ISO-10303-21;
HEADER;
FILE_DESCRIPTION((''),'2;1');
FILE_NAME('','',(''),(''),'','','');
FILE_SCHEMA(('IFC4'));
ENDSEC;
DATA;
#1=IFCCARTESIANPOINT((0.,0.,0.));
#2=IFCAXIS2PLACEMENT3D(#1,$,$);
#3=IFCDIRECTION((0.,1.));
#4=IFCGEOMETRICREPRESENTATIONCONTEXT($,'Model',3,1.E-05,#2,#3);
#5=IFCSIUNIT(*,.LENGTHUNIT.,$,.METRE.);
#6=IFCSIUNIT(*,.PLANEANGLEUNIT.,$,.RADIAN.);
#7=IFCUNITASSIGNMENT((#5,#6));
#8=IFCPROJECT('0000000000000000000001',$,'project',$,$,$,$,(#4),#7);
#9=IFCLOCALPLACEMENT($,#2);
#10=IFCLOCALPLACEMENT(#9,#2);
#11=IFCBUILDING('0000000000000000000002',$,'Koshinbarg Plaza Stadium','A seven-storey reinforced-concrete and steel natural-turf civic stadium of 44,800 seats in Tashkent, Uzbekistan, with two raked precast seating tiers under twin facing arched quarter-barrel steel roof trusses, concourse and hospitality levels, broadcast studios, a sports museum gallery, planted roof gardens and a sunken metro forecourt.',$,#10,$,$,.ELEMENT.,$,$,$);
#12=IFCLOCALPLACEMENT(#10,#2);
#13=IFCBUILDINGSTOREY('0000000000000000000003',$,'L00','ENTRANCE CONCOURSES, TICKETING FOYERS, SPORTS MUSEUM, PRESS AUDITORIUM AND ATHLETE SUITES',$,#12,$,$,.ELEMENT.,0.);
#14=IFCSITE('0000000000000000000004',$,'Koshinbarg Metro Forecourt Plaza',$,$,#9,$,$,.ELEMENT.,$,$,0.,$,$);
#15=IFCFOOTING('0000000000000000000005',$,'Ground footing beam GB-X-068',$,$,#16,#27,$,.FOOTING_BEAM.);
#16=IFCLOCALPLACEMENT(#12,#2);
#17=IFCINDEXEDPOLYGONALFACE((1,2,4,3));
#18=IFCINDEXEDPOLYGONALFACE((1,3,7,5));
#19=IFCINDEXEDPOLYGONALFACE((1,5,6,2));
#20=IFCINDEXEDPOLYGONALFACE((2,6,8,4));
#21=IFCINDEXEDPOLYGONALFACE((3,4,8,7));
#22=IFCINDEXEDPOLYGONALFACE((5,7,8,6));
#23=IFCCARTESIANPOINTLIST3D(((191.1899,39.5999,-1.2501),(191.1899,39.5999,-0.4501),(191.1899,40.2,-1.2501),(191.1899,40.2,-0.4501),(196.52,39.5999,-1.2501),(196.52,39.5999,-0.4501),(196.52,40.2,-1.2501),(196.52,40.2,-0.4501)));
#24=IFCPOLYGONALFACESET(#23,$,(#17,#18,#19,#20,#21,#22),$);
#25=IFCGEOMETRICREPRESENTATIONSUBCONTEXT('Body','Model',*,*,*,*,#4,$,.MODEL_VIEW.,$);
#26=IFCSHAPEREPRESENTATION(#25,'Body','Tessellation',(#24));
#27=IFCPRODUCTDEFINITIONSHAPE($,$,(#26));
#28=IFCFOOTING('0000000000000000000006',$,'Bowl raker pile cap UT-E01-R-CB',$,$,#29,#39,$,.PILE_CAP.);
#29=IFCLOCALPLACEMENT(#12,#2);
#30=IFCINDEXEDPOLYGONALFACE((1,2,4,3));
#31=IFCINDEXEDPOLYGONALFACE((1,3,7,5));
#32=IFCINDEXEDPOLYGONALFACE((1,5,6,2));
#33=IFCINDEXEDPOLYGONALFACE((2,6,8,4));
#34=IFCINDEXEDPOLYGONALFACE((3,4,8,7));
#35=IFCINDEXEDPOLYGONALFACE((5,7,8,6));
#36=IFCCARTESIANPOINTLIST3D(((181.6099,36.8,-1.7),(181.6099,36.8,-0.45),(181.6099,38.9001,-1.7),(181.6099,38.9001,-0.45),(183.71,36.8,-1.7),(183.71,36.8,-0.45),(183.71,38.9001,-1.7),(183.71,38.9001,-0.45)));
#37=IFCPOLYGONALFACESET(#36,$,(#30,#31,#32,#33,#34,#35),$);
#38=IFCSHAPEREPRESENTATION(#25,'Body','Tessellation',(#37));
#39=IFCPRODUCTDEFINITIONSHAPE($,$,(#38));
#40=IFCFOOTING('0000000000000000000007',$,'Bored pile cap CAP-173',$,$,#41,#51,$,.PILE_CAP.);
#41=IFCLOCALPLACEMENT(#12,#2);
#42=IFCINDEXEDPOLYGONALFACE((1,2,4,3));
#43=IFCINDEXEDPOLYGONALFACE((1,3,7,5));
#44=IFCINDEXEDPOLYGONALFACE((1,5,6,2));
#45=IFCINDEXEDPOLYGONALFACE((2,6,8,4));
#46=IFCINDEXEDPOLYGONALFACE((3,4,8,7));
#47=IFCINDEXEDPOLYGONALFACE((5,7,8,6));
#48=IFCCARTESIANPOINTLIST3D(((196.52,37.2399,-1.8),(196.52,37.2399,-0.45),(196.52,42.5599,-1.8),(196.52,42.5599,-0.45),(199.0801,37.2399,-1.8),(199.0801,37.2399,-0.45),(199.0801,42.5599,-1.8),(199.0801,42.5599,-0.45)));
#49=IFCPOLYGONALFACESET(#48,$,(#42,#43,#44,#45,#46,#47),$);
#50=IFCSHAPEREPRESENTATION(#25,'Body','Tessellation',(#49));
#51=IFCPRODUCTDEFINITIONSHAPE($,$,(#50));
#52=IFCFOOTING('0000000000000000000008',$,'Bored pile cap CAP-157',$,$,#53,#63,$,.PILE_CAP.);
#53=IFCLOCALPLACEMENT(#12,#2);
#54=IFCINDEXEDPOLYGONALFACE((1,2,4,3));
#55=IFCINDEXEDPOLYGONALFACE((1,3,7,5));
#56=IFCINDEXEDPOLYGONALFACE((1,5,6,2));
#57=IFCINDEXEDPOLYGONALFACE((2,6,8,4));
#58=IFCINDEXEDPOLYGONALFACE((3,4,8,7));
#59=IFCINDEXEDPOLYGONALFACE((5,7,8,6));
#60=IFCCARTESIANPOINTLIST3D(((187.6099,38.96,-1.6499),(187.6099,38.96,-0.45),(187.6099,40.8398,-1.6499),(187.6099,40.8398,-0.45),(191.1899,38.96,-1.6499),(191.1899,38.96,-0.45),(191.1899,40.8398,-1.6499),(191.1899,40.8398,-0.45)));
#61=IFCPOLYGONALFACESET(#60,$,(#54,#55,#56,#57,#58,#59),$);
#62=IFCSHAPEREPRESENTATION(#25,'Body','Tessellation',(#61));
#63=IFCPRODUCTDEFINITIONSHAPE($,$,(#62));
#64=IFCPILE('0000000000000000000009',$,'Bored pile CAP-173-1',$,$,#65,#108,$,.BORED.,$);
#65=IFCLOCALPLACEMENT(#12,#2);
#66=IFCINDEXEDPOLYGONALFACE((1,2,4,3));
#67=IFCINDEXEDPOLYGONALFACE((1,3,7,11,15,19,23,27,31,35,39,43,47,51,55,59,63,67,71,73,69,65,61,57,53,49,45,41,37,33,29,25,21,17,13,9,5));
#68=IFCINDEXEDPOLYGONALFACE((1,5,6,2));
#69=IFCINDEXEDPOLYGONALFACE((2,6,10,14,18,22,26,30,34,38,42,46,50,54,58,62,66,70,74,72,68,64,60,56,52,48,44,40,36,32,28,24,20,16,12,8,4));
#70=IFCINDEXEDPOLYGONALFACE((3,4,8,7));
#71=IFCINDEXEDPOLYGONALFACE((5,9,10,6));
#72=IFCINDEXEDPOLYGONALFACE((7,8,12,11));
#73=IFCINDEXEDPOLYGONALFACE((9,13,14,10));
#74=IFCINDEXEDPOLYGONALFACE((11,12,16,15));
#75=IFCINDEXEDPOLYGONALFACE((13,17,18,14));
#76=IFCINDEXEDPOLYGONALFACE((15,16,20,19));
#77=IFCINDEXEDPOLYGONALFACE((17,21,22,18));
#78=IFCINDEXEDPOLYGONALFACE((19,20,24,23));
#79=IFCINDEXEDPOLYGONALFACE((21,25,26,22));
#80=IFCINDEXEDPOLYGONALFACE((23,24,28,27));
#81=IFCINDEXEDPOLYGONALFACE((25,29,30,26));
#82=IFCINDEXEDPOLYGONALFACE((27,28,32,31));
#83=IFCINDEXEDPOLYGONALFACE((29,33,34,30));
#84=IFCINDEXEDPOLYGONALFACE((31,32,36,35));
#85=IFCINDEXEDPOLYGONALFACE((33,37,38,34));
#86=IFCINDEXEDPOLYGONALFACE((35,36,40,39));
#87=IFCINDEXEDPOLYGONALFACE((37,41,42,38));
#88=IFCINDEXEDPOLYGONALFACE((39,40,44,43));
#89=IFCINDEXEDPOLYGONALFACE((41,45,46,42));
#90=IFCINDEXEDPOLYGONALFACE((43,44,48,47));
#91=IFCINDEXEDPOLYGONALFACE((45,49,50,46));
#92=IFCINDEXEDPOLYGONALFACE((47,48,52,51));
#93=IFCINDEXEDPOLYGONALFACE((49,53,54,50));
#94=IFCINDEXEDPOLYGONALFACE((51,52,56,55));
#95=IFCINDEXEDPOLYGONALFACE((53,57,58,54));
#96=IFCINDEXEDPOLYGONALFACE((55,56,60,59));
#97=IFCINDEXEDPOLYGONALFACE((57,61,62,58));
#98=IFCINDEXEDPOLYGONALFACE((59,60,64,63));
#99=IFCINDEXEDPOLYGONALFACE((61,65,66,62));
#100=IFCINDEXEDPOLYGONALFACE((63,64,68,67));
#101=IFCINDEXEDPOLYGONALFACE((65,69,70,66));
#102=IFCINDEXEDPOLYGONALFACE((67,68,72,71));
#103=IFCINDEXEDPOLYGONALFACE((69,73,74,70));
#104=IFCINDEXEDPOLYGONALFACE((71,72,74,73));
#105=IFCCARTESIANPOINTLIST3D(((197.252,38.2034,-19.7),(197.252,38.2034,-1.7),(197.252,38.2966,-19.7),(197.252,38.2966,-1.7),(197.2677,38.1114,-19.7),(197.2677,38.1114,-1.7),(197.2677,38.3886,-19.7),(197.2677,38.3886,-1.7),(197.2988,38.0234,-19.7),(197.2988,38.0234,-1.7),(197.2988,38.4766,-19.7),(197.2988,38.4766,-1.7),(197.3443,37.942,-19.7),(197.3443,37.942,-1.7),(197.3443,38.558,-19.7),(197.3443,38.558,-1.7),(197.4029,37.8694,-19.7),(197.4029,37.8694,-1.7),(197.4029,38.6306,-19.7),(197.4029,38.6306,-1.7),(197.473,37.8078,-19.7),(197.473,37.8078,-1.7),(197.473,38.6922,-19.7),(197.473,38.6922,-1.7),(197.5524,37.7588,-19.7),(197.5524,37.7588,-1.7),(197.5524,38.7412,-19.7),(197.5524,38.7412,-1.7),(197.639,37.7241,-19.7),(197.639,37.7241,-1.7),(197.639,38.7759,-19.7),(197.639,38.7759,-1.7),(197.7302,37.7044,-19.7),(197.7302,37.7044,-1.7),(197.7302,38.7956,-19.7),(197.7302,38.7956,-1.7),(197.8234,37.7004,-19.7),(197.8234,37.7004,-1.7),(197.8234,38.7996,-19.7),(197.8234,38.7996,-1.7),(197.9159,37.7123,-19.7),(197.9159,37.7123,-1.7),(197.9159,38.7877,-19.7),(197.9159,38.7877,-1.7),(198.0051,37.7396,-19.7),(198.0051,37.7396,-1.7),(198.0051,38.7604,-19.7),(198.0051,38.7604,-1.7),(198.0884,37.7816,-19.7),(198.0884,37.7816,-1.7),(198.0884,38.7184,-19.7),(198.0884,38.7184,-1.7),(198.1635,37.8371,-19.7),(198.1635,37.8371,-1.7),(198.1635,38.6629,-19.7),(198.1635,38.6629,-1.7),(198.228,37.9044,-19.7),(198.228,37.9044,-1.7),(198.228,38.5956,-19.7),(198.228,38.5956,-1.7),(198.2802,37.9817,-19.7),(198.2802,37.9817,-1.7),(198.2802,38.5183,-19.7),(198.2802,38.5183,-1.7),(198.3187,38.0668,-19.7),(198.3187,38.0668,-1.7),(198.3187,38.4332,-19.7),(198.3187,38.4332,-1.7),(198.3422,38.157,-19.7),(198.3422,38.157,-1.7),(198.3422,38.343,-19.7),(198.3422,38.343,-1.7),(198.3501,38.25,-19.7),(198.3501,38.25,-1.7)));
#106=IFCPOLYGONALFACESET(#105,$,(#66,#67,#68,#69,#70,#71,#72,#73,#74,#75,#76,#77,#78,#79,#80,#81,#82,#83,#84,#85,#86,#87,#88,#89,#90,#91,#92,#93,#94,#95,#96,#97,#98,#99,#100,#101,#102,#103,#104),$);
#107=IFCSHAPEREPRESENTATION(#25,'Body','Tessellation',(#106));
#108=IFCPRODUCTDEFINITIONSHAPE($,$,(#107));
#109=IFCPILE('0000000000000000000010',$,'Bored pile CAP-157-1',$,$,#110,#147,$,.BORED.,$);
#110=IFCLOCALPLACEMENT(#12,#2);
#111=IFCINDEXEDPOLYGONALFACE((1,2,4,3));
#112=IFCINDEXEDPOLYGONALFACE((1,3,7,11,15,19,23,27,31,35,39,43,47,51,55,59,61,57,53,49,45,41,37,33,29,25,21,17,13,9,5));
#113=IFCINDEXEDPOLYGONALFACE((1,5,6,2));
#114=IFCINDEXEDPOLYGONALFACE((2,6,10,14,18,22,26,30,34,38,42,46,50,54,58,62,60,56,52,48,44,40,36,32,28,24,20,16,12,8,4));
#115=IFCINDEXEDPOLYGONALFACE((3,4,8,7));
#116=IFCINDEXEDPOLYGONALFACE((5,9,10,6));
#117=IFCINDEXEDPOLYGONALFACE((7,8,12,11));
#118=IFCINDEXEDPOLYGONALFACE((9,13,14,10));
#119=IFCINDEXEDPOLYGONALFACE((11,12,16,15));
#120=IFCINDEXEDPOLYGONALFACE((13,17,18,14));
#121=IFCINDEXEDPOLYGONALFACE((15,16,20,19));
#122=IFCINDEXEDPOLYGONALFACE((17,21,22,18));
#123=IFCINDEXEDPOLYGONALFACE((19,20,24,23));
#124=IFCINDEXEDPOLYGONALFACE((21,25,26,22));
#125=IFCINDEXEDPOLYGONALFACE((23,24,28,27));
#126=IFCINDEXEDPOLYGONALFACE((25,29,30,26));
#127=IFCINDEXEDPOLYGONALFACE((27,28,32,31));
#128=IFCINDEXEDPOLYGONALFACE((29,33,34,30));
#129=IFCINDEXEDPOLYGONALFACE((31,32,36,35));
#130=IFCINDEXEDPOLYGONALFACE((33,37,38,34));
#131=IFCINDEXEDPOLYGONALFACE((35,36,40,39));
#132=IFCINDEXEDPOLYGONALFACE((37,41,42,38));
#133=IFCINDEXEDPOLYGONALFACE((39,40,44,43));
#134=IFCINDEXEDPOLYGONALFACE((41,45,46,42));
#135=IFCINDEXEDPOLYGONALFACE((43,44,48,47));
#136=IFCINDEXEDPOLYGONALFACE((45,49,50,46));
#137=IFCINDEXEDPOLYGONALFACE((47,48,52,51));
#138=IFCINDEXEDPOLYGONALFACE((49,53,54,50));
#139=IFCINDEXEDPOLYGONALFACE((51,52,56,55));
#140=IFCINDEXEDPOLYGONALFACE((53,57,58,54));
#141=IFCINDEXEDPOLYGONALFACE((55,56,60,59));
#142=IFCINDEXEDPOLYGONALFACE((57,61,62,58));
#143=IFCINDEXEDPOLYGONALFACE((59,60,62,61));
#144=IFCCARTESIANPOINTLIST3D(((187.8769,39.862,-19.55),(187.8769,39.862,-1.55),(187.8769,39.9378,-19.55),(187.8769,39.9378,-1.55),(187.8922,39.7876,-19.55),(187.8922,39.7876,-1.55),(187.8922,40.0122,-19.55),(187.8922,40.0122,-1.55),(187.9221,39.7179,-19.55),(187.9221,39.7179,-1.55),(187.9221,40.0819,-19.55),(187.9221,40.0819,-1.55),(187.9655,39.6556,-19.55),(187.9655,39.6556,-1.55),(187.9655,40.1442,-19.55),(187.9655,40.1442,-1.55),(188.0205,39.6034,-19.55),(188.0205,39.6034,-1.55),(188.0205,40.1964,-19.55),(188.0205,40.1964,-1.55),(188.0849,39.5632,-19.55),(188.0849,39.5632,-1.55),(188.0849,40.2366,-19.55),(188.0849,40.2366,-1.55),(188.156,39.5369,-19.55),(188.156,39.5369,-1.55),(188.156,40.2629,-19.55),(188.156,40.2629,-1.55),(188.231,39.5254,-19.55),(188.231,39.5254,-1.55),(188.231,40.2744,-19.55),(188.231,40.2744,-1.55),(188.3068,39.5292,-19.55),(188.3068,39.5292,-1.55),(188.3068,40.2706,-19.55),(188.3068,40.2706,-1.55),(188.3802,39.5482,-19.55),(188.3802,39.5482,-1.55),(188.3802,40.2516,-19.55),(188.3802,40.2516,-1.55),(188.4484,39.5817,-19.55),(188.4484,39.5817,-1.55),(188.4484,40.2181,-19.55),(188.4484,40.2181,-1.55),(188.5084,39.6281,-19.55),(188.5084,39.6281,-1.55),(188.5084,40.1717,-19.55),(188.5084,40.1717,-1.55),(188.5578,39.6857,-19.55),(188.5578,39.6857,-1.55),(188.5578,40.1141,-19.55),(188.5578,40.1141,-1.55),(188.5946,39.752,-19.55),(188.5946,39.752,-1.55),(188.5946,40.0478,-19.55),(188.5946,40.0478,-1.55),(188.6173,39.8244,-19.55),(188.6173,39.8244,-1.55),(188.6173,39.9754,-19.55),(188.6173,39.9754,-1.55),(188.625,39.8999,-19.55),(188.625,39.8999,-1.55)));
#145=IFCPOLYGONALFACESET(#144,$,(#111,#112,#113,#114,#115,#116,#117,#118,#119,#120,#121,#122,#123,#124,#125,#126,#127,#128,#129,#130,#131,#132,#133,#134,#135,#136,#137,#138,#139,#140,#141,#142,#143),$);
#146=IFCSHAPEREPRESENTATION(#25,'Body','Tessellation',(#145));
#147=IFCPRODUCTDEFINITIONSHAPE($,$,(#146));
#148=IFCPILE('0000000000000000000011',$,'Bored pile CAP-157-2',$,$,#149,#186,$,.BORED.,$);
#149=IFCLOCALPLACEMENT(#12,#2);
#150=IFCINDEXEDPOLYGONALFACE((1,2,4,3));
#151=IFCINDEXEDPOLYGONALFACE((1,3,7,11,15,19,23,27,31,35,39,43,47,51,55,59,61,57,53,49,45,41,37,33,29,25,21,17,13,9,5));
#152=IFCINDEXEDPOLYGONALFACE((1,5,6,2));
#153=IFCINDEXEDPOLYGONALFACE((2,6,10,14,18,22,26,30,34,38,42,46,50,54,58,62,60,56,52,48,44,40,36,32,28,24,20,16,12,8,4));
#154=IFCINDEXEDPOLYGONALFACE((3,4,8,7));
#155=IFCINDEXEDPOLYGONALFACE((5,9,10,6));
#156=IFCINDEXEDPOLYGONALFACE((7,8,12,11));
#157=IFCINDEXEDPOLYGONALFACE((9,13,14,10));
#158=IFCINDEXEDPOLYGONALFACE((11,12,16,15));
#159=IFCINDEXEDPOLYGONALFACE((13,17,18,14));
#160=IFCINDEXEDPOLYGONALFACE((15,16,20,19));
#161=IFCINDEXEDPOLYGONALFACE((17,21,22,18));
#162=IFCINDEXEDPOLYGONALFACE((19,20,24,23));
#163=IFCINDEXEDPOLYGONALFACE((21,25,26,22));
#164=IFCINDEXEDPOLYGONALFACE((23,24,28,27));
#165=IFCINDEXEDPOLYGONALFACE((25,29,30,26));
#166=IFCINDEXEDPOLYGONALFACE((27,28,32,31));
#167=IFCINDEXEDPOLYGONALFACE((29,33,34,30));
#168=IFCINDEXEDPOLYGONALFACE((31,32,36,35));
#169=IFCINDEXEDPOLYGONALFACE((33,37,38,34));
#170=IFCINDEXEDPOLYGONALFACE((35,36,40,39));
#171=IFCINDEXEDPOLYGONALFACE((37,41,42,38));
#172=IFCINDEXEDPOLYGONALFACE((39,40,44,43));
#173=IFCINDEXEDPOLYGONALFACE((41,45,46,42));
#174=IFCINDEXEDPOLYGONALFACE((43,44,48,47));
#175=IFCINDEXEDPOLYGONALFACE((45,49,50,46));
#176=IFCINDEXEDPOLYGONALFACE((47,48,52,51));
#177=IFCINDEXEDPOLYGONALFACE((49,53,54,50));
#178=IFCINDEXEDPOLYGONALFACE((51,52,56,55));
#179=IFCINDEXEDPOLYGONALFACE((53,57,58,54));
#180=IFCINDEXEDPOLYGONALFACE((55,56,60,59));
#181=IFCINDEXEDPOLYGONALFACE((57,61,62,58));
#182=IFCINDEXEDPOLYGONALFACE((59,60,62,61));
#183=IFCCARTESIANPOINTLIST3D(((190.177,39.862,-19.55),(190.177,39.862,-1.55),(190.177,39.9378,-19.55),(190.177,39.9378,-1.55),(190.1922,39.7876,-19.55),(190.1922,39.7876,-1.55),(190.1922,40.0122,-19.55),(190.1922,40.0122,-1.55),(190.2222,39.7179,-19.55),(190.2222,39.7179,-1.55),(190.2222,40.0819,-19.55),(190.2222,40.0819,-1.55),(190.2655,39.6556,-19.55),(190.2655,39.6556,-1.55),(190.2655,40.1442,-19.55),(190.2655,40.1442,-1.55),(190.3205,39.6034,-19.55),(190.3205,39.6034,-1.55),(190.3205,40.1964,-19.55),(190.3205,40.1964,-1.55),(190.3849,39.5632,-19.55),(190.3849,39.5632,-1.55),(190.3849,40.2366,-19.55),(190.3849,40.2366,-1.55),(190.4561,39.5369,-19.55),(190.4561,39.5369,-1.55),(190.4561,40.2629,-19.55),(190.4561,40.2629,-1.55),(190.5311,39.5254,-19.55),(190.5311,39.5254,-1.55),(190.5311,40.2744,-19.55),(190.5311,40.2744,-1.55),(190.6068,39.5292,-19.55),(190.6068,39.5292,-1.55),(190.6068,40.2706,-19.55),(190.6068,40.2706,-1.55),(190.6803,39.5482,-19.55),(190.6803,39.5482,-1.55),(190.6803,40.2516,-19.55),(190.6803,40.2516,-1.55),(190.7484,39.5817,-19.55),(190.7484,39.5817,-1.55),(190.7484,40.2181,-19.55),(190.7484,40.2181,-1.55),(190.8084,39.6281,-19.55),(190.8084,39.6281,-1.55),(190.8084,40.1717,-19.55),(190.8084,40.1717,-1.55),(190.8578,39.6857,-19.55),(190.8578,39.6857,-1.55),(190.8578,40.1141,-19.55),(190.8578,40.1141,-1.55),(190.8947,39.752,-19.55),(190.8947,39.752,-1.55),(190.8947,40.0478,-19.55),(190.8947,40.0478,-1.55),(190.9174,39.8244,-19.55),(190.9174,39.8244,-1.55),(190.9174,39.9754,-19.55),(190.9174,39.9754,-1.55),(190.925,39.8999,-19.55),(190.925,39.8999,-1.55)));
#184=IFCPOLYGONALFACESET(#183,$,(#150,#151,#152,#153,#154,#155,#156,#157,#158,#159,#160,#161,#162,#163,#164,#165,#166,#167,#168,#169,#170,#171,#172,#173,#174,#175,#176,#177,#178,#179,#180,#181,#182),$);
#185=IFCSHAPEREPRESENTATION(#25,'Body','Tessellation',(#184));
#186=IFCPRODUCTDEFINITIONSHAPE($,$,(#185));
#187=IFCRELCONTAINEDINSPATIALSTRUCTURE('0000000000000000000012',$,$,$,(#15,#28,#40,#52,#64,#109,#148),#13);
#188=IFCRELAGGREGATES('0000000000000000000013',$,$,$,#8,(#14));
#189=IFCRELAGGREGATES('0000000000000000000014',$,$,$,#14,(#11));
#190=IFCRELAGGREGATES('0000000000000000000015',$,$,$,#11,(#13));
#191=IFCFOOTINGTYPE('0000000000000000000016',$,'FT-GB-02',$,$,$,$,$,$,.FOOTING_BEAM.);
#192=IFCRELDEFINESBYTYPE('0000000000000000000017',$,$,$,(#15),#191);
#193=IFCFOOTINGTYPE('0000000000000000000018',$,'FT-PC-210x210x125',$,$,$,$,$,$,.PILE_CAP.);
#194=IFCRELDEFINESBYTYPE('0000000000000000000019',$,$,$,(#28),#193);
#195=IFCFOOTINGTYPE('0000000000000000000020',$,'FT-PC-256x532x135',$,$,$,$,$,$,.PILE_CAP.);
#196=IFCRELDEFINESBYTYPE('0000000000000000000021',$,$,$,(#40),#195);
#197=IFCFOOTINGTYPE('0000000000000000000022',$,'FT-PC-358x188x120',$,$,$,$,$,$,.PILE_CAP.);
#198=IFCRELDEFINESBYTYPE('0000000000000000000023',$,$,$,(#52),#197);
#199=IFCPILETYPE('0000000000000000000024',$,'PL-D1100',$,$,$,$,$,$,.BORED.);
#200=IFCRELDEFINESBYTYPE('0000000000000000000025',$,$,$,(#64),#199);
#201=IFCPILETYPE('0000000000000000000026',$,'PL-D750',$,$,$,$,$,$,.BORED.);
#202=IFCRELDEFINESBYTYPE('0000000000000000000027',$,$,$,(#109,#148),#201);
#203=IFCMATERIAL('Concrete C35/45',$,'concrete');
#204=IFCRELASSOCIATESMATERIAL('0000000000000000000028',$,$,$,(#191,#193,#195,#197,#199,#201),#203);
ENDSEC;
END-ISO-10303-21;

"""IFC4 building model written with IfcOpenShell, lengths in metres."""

from ifc_helpers import new_model, si_unit, direction, frame, origin, origin_2d, place, context, subcontext, project, spatial, rectangle, circle, extrude, material, material_profile, profile_set, type_object, element, save


model = new_model("IFC4")

# Units and contexts
model_context = context("Model", 3, precision=1e-05, world=origin(), true_north=direction((0.0, 1.0)))
body_context = subcontext(model_context, "Body", "Model", "MODEL_VIEW")
ifc_project = project(units=[si_unit("LENGTHUNIT", "METRE"), si_unit("PLANEANGLEUNIT", "RADIAN")], contexts=[model_context])

# Site, building, storey
site_placement = place(None, origin())
site = spatial("IfcSite", under=ifc_project, at=site_placement, Name="Koshinbarg Metro Forecourt Plaza", CompositionType="ELEMENT", RefElevation=0.0)
building_placement = place(site_placement, origin())
building = spatial("IfcBuilding", under=site, at=building_placement, Name="Koshinbarg Plaza Stadium", Description="A seven-storey reinforced-concrete and steel natural-turf civic stadium of 44,800 seats in Tashkent, Uzbekistan, with two raked precast seating tiers under twin facing arched quarter-barrel steel roof trusses, concourse and hospitality levels, broadcast studios, a sports museum gallery, planted roof gardens and a sunken metro forecourt.", CompositionType="ELEMENT")
storey_placement = place(building_placement, origin())
storey = spatial("IfcBuildingStorey", under=building, at=storey_placement, Name="L00", Description="ENTRANCE CONCOURSES, TICKETING FOYERS, SPORTS MUSEUM, PRESS AUDITORIUM AND ATHLETE SUITES", CompositionType="ELEMENT", Elevation=0.0)

# Footings
ifc_material_1 = material(Name="Concrete C35/45", Category="concrete")
ifc_material_profile_1 = material_profile(ifc_material_1, rectangle(XDim=0.6001, YDim=0.8, at=origin_2d()), Name="GB 600x800")
ifc_profile_set_1 = profile_set([ifc_material_profile_1], Name="Concrete C35/45")
footing_type_1 = type_object("IfcFootingType", Name="FT-GB-02", PredefinedType="FOOTING_BEAM", material=ifc_profile_set_1)
footing_1_placement = place(storey_placement, frame((191.1899, 39.8999, -0.8501), z_axis=(1.0, 0.0, 0.0), x_axis=(0.0, 1.0, 0.0)))
element("IfcFooting", 1, at=footing_1_placement, inside=storey, type_object=footing_type_1, Name="Ground footing beam GB-X-068", PredefinedType="FOOTING_BEAM", context=body_context, shape_type="SweptSolid", body=[
    extrude(rectangle(XDim=0.6001, YDim=0.8, at=origin_2d()), origin(), (0.0, 0.0, 1.0), 5.3301),
])
footing_type_2 = type_object("IfcFootingType", Name="FT-PC-210x210x125", PredefinedType="PILE_CAP", material=ifc_material_1)
footing_2_placement = place(storey_placement, frame((182.6599, 37.8501, -1.7), z_axis=(0.0, 0.0, 1.0), x_axis=(1.0, 0.0, 0.0)))
element("IfcFooting", 2, at=footing_2_placement, inside=storey, type_object=footing_type_2, Name="Bowl raker pile cap UT-E01-R-CB", PredefinedType="PILE_CAP", context=body_context, shape_type="SweptSolid", body=[
    extrude(rectangle(XDim=2.1001, YDim=2.1001, at=origin_2d()), origin(), (0.0, 0.0, 1.0), 1.25),
])
footing_type_3 = type_object("IfcFootingType", Name="FT-PC-256x532x135", PredefinedType="PILE_CAP", material=ifc_material_1)
footing_3_placement = place(storey_placement, frame((197.8, 39.8999, -1.8), z_axis=(0.0, 0.0, 1.0), x_axis=(1.0, 0.0, 0.0)))
element("IfcFooting", 3, at=footing_3_placement, inside=storey, type_object=footing_type_3, Name="Bored pile cap CAP-173", PredefinedType="PILE_CAP", context=body_context, shape_type="SweptSolid", body=[
    extrude(rectangle(XDim=2.5601, YDim=5.3201, at=origin_2d()), origin(), (0.0, 0.0, 1.0), 1.3501),
])
footing_type_4 = type_object("IfcFootingType", Name="FT-PC-358x188x120", PredefinedType="PILE_CAP", material=ifc_material_1)
footing_4_placement = place(storey_placement, frame((189.3999, 39.8999, -1.6499), z_axis=(0.0, 0.0, 1.0), x_axis=(1.0, 0.0, 0.0)))
element("IfcFooting", 4, at=footing_4_placement, inside=storey, type_object=footing_type_4, Name="Bored pile cap CAP-157", PredefinedType="PILE_CAP", context=body_context, shape_type="SweptSolid", body=[
    extrude(rectangle(XDim=3.5801, YDim=1.8799, at=origin_2d()), origin(), (0.0, 0.0, 1.0), 1.2),
])

# Piles
ifc_material_profile_2 = material_profile(ifc_material_1, circle(Radius=0.55, at=origin_2d()), Name="PILE D1100")
ifc_profile_set_2 = profile_set([ifc_material_profile_2], Name="Concrete C35/45")
pile_type_1 = type_object("IfcPileType", Name="PL-D1100", PredefinedType="BORED", material=ifc_profile_set_2)
pile_1_placement = place(storey_placement, frame((197.8, 38.25, -1.7), z_axis=(0.0, 0.0, -1.0), x_axis=(1.0, 0.0, 0.0)))
element("IfcPile", 5, at=pile_1_placement, inside=storey, type_object=pile_type_1, Name="Bored pile CAP-173-1", PredefinedType="BORED", context=body_context, shape_type="SweptSolid", body=[
    extrude(circle(Radius=0.55, at=origin_2d()), origin(), (0.0, 0.0, 1.0), 18.0),
])
ifc_material_profile_3 = material_profile(ifc_material_1, circle(Radius=0.375, at=origin_2d()), Name="PILE D750")
ifc_profile_set_3 = profile_set([ifc_material_profile_3], Name="Concrete C35/45")
pile_type_2 = type_object("IfcPileType", Name="PL-D750", PredefinedType="BORED", material=ifc_profile_set_3)
for number, where, z_axis, x_axis, name in (
    (6, (188.25, 39.8999, -1.55), (0.0, 0.0, -1.0), (1.0, 0.0, 0.0), "Bored pile CAP-157-1"),
    (7, (190.55, 39.8999, -1.55), (0.0, 0.0, -1.0), (1.0, 0.0, 0.0), "Bored pile CAP-157-2"),
):
    element("IfcPile", number, at=place(storey_placement, frame(where, z_axis=z_axis, x_axis=x_axis)), inside=storey, type_object=pile_type_2, Name=name, PredefinedType="BORED", context=body_context, shape_type="SweptSolid", body=[
        extrude(circle(Radius=0.375, at=origin_2d()), origin(), (0.0, 0.0, 1.0), 18.0),
    ])

save(model, "model.ifc")
